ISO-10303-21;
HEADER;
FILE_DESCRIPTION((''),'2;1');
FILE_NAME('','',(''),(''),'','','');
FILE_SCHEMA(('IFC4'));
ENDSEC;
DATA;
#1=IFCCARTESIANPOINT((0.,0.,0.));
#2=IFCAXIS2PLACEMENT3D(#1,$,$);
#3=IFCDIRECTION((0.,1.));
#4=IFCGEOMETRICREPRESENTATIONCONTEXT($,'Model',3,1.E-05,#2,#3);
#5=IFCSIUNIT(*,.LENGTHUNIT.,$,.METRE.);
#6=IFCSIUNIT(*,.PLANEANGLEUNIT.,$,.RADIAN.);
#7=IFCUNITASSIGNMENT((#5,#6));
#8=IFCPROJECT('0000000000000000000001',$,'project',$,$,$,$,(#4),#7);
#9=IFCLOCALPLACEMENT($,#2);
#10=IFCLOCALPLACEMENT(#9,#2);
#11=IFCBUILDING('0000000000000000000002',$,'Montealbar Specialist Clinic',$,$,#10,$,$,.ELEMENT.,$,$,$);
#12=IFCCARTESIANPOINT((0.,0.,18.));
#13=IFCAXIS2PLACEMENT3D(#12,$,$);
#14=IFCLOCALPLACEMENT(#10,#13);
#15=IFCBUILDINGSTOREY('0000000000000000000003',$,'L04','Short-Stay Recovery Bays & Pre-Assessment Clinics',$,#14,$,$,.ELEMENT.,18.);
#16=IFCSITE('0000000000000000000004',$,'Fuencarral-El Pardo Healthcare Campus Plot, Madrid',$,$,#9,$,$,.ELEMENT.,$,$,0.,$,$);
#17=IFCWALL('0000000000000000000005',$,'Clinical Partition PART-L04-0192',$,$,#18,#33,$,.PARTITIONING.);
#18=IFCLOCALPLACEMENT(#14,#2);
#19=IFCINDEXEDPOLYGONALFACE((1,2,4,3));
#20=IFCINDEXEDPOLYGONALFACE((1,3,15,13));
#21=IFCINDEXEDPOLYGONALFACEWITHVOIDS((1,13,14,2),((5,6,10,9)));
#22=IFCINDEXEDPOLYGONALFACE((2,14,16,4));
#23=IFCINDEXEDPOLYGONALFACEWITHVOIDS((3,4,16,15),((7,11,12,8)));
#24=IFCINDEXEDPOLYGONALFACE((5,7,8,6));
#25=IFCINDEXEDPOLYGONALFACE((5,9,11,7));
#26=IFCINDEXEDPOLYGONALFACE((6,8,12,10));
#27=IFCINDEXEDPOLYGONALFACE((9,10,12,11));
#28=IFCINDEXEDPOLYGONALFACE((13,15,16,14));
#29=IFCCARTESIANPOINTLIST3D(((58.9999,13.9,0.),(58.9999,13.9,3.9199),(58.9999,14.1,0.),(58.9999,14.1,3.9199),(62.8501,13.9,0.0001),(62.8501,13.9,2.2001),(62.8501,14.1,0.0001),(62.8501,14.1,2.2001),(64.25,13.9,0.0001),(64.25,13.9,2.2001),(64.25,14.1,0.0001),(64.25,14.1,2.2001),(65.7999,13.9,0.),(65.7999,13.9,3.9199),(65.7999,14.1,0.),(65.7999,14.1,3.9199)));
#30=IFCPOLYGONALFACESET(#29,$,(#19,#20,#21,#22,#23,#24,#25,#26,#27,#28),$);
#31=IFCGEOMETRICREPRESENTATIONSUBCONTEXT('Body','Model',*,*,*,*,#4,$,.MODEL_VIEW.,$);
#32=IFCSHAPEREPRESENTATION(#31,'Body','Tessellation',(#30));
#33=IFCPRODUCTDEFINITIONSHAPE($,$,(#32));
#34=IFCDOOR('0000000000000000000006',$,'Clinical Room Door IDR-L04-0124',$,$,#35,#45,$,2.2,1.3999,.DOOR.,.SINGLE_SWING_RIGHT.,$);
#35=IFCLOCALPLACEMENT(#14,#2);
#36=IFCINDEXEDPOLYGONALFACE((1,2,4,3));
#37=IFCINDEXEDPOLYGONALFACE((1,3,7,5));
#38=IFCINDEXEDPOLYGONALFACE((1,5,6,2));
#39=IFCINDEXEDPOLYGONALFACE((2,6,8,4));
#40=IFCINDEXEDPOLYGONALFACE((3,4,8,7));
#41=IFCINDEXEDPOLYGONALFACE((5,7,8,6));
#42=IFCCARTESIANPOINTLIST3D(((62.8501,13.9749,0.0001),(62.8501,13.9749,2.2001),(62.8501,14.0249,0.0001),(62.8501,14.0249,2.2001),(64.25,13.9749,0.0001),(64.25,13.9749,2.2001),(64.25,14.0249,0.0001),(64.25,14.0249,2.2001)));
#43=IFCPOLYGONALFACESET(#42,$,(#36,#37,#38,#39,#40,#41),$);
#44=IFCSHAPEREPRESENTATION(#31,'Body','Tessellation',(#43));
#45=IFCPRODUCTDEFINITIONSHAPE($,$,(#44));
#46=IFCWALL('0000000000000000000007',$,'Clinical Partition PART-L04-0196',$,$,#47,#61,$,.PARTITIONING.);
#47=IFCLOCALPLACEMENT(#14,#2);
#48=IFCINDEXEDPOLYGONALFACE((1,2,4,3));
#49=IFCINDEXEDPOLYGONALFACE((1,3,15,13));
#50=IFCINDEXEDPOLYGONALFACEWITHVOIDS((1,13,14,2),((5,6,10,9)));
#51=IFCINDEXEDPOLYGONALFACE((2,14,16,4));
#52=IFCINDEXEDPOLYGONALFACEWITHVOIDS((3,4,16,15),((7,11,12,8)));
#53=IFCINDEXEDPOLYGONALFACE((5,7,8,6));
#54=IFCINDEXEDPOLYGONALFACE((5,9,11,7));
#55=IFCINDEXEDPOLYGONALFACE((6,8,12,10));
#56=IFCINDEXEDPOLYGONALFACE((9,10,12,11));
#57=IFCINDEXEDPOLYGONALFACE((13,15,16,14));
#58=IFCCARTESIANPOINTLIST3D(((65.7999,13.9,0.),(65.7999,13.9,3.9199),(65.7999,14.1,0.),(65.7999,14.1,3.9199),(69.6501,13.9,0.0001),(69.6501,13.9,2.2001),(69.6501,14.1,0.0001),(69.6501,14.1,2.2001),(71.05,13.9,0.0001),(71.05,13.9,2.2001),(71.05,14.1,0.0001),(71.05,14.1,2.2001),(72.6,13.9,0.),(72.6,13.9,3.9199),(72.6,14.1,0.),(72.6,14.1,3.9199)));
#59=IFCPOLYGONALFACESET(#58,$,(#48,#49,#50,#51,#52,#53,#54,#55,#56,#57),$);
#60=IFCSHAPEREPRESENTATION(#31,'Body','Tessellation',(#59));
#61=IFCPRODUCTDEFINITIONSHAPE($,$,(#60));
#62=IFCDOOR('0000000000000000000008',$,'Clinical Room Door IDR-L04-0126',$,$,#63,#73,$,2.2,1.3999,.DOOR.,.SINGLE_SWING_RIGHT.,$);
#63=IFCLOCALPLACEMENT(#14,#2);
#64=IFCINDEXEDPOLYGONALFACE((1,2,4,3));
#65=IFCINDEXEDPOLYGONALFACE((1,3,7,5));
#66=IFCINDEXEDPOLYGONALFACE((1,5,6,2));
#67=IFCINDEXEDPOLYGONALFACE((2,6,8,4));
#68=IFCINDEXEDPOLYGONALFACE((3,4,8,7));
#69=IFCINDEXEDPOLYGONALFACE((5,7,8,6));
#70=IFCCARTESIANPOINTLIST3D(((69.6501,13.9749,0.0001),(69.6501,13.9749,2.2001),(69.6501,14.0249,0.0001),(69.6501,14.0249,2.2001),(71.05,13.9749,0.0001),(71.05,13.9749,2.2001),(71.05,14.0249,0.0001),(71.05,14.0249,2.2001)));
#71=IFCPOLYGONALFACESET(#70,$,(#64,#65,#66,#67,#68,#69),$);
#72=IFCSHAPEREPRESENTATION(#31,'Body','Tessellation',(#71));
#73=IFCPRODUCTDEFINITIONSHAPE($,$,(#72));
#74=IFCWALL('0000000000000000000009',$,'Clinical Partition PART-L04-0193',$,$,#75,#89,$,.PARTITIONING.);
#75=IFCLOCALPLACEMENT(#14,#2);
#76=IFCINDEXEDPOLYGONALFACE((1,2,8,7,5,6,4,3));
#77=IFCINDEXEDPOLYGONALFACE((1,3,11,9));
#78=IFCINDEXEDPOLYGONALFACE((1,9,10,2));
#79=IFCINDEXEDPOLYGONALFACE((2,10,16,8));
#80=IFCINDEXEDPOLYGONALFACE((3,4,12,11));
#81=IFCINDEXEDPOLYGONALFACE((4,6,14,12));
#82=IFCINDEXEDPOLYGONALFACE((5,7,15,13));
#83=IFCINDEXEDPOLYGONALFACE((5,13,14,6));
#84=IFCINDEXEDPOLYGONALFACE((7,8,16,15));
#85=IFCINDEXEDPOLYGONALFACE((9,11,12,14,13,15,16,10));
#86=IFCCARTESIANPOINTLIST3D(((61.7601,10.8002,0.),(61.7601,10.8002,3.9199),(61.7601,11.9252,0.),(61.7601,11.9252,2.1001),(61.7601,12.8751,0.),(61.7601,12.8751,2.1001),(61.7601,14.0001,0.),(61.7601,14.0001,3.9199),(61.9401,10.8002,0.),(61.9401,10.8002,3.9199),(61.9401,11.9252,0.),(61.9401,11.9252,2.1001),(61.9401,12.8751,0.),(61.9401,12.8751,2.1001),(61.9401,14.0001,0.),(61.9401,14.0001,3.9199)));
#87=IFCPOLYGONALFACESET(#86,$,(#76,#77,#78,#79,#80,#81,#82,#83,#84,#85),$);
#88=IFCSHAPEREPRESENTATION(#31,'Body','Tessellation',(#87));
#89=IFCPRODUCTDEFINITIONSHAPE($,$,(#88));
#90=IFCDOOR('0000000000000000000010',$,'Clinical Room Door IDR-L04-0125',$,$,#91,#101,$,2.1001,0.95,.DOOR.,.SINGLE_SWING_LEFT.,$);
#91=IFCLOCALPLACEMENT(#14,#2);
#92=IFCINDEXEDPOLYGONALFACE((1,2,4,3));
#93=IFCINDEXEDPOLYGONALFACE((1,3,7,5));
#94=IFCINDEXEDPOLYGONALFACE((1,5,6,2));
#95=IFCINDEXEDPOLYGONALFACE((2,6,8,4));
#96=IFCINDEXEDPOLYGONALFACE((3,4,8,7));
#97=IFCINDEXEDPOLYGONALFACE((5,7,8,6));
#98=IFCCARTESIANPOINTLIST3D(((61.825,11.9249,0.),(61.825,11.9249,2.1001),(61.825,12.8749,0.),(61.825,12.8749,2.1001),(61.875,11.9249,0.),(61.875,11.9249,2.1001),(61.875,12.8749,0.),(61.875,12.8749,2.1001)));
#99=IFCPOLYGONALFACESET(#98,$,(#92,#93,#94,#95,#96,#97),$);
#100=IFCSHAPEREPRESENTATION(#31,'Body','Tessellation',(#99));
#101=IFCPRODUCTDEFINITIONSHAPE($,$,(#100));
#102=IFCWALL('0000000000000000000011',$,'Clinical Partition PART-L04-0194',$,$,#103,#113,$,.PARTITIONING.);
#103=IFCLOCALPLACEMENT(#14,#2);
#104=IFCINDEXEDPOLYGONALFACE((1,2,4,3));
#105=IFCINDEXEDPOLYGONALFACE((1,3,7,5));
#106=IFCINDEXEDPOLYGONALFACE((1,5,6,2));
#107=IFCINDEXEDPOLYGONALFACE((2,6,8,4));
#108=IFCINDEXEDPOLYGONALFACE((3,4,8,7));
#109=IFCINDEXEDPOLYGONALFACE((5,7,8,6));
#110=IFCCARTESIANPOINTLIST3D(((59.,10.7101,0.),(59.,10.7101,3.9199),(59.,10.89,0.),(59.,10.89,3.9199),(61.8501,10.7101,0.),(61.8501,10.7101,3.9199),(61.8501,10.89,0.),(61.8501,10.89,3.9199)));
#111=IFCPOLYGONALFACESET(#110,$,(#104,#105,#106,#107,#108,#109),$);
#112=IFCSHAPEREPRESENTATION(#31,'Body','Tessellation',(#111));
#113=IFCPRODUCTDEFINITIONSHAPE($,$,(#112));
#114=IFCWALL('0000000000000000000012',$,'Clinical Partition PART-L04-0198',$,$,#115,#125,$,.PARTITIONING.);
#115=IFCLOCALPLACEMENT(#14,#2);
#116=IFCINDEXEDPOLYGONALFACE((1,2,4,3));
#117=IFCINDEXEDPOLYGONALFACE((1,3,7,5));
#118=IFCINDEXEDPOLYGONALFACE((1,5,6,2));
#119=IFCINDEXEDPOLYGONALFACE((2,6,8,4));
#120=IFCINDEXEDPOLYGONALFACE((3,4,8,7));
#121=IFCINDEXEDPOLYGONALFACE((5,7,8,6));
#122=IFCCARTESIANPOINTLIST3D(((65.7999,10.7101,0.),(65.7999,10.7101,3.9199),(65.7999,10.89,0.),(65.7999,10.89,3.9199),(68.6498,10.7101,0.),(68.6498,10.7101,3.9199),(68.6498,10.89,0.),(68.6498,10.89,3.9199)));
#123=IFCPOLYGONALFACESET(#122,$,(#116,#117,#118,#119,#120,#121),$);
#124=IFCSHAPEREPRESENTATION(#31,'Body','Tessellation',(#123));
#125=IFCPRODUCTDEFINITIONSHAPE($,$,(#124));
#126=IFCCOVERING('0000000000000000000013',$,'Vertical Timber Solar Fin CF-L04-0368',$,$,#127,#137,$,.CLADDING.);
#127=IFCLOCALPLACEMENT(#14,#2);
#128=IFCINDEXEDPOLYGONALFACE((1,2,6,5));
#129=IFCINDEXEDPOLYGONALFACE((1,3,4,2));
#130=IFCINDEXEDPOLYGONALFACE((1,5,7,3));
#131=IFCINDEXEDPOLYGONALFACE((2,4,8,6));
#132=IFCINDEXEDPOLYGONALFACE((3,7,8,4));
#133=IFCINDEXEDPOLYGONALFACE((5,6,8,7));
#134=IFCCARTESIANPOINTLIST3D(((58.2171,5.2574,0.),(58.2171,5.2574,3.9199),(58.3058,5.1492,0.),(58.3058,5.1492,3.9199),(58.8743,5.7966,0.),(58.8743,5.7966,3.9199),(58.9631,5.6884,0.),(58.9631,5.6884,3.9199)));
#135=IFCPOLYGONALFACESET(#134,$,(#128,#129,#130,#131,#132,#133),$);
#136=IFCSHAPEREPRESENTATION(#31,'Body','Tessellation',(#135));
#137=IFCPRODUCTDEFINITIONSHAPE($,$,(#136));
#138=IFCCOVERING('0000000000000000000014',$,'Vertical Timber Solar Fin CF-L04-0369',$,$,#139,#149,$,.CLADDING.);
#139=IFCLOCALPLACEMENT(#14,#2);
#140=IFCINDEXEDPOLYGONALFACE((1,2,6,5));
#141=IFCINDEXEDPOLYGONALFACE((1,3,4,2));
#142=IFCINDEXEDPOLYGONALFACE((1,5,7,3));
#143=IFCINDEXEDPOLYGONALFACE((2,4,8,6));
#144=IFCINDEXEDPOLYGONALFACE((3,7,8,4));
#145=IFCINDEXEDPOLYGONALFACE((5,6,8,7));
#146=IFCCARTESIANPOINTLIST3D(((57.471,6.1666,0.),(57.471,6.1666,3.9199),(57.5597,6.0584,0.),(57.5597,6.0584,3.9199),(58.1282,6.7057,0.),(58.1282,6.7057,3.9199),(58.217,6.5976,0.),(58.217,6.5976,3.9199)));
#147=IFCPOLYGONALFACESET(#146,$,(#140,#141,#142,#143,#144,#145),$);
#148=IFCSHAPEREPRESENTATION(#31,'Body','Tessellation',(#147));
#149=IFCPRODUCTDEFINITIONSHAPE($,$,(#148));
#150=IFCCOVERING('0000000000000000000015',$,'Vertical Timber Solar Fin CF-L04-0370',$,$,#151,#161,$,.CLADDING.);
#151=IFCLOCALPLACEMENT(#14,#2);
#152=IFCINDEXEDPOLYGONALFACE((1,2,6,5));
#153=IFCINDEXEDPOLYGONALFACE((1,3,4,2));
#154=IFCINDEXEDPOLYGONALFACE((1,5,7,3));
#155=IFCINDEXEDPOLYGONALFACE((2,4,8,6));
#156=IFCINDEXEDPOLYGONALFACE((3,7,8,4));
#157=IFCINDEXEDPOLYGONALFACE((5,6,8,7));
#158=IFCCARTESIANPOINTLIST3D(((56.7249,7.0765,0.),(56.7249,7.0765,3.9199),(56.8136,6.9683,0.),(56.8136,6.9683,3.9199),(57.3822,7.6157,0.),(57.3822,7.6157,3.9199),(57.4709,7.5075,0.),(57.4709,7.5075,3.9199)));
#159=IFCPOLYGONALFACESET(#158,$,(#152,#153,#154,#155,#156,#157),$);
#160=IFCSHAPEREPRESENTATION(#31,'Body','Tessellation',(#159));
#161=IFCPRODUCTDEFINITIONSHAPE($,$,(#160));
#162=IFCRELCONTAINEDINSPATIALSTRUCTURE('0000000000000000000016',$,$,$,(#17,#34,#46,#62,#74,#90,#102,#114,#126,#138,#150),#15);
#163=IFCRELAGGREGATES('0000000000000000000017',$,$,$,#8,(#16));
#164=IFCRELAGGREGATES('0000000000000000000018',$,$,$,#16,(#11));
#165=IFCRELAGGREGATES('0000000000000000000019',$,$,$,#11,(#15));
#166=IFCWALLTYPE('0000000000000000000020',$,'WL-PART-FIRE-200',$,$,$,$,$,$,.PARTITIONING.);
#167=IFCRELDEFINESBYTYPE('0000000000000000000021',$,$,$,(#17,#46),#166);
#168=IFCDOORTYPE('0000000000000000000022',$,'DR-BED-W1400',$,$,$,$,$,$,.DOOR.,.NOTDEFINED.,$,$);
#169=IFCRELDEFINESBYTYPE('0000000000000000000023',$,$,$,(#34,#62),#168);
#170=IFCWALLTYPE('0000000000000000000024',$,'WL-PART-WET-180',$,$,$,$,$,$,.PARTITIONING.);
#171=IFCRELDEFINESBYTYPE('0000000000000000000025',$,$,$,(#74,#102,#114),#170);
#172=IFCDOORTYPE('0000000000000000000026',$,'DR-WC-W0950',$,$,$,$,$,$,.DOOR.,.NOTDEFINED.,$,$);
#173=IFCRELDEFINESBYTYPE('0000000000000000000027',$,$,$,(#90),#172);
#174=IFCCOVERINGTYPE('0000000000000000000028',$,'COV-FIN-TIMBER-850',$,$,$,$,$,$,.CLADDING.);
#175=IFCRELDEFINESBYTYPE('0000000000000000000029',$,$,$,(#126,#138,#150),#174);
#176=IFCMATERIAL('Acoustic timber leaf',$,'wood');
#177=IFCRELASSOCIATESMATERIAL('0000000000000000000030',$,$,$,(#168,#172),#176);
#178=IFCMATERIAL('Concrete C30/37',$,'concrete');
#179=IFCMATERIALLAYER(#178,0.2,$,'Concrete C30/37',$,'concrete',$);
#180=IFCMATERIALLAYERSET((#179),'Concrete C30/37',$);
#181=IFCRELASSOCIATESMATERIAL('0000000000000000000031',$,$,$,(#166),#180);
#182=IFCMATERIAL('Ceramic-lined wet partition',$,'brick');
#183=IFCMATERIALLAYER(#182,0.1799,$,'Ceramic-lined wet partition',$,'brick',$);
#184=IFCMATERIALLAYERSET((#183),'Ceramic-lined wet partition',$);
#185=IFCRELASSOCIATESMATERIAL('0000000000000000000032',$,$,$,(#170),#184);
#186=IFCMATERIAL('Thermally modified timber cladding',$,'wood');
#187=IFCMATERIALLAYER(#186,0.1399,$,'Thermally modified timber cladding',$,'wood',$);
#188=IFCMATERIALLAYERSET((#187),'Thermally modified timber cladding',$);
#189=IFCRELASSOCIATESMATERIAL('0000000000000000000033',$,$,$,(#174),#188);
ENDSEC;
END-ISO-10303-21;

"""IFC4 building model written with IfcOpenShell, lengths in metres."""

from ifc_helpers import new_model, si_unit, direction, frame, frame_2d, origin, origin_2d, place, context, subcontext, project, spatial, rectangle, extrude, material, layer, layer_set, type_object, element, fill, save


model = new_model("IFC4")

# Units and contexts
model_context = context("Model", 3, precision=1e-05, world=origin(), true_north=direction((0.0, 1.0)))
body_context = subcontext(model_context, "Body", "Model", "MODEL_VIEW")
ifc_project = project(units=[si_unit("LENGTHUNIT", "METRE"), si_unit("PLANEANGLEUNIT", "RADIAN")], contexts=[model_context])

# Site, building, storey
site_placement = place(None, origin())
site = spatial("IfcSite", under=ifc_project, at=site_placement, Name="Fuencarral-El Pardo Healthcare Campus Plot, Madrid", CompositionType="ELEMENT", RefElevation=0.0)
building_placement = place(site_placement, origin())
building = spatial("IfcBuilding", under=site, at=building_placement, Name="Montealbar Specialist Clinic", CompositionType="ELEMENT")
storey_placement = place(building_placement, frame((0.0, 0.0, 18.0)))
storey = spatial("IfcBuildingStorey", under=building, at=storey_placement, Name="L04", Description="Short-Stay Recovery Bays & Pre-Assessment Clinics", CompositionType="ELEMENT", Elevation=18.0)

# Walls, openings, doors
ifc_material_1 = material(Name="Acoustic timber leaf", Category="wood")
door_type_1 = type_object("IfcDoorType", Name="DR-BED-W1400", OperationType="NOTDEFINED", PredefinedType="DOOR", material=ifc_material_1)
ifc_material_2 = material(Name="Concrete C30/37", Category="concrete")
ifc_layer_1 = layer(ifc_material_2, 0.2, Name="Concrete C30/37", Category="concrete")
ifc_layer_set_1 = layer_set([ifc_layer_1], Name="Concrete C30/37")
wall_type_1 = type_object("IfcWallType", Name="WL-PART-FIRE-200", PredefinedType="PARTITIONING", material=ifc_layer_set_1)
wall_1_placement = place(storey_placement, frame((59.0, 14.0, 0.0), z_axis=(0.0, 0.0, 1.0), x_axis=(1.0, 0.0, 0.0)))
wall_1 = element("IfcWall", 1, at=wall_1_placement, inside=storey, type_object=wall_type_1, Name="Clinical Partition PART-L04-0192", PredefinedType="PARTITIONING", context=body_context, shape_type="SweptSolid", body=[
    extrude(rectangle(XDim=6.8, YDim=0.2, at=frame_2d((3.3999, 0.0))), origin(), (0.0, 0.0, 1.0), 3.9199),
])
opening_1_placement = place(wall_1_placement, frame((3.8501, 0.0, 0.0)))
opening_1 = element("IfcOpeningElement", 2, at=opening_1_placement, cuts=wall_1, PredefinedType="OPENING", context=body_context, shape_type="SweptSolid", body=[
    extrude(rectangle(XDim=1.3999, YDim=2.2, at=frame_2d((0.7, 1.1001))), frame((0.0, 0.1099, 0.0), z_axis=(0.0, -1.0, 0.0), x_axis=(1.0, 0.0, 0.0)), (0.0, 0.0, 1.0), 0.22),
])
door_1_placement = place(opening_1_placement, origin())
door_1 = element("IfcDoor", 3, at=door_1_placement, inside=storey, type_object=door_type_1, Name="Clinical Room Door IDR-L04-0124", OperationType="SINGLE_SWING_RIGHT", OverallHeight=2.2, OverallWidth=1.3999, PredefinedType="DOOR", context=body_context, shape_type="SweptSolid", body=[
    extrude(rectangle(XDim=1.3999, YDim=2.2, at=frame_2d((0.7, 1.1001))), frame((0.0, 0.0249, 0.0), z_axis=(0.0, -1.0, 0.0), x_axis=(1.0, 0.0, 0.0)), (0.0, 0.0, 1.0), 0.05),
])
fill(opening_1, door_1)
wall_2_placement = place(storey_placement, frame((65.8, 14.0, 0.0), z_axis=(0.0, 0.0, 1.0), x_axis=(1.0, 0.0, 0.0)))
wall_2 = element("IfcWall", 4, at=wall_2_placement, inside=storey, type_object=wall_type_1, Name="Clinical Partition PART-L04-0196", PredefinedType="PARTITIONING", context=body_context, shape_type="SweptSolid", body=[
    extrude(rectangle(XDim=6.8, YDim=0.2, at=frame_2d((3.3999, 0.0))), origin(), (0.0, 0.0, 1.0), 3.9199),
])
opening_2_placement = place(wall_2_placement, frame((3.8501, 0.0, 0.0)))
opening_2 = element("IfcOpeningElement", 5, at=opening_2_placement, cuts=wall_2, PredefinedType="OPENING", context=body_context, shape_type="SweptSolid", body=[
    extrude(rectangle(XDim=1.3999, YDim=2.2, at=frame_2d((0.7, 1.1001))), frame((0.0, 0.1099, 0.0), z_axis=(0.0, -1.0, 0.0), x_axis=(1.0, 0.0, 0.0)), (0.0, 0.0, 1.0), 0.22),
])
door_2_placement = place(opening_2_placement, origin())
door_2 = element("IfcDoor", 6, at=door_2_placement, inside=storey, type_object=door_type_1, Name="Clinical Room Door IDR-L04-0126", OperationType="SINGLE_SWING_RIGHT", OverallHeight=2.2, OverallWidth=1.3999, PredefinedType="DOOR", context=body_context, shape_type="SweptSolid", body=[
    extrude(rectangle(XDim=1.3999, YDim=2.2, at=frame_2d((0.7, 1.1001))), frame((0.0, 0.0249, 0.0), z_axis=(0.0, -1.0, 0.0), x_axis=(1.0, 0.0, 0.0)), (0.0, 0.0, 1.0), 0.05),
])
fill(opening_2, door_2)
ifc_material_3 = material(Name="Ceramic-lined wet partition", Category="brick")
ifc_layer_2 = layer(ifc_material_3, 0.1799, Name="Ceramic-lined wet partition", Category="brick")
ifc_layer_set_2 = layer_set([ifc_layer_2], Name="Ceramic-lined wet partition")
wall_type_2 = type_object("IfcWallType", Name="WL-PART-WET-180", PredefinedType="PARTITIONING", material=ifc_layer_set_2)
wall_3_placement = place(storey_placement, frame((61.8501, 10.8, 0.0), z_axis=(0.0, 0.0, 1.0), x_axis=(0.0, 1.0, 0.0)))
wall_3 = element("IfcWall", 7, at=wall_3_placement, inside=storey, type_object=wall_type_2, Name="Clinical Partition PART-L04-0193", PredefinedType="PARTITIONING", context=body_context, shape_type="SweptSolid", body=[
    extrude(rectangle(XDim=3.2, YDim=0.1799, at=frame_2d((1.6001, 0.0))), origin(), (0.0, 0.0, 1.0), 3.9199),
])
opening_3_placement = place(wall_3_placement, frame((1.125, 0.0, 0.0)))
opening_3 = element("IfcOpeningElement", 8, at=opening_3_placement, cuts=wall_3, PredefinedType="OPENING", context=body_context, shape_type="SweptSolid", body=[
    extrude(rectangle(XDim=0.95, YDim=2.1001, at=frame_2d((0.4751, 1.05))), frame((0.0, 0.0999, 0.0), z_axis=(0.0, -1.0, 0.0), x_axis=(1.0, 0.0, 0.0)), (0.0, 0.0, 1.0), 0.2),
])
door_type_2 = type_object("IfcDoorType", Name="DR-WC-W0950", OperationType="NOTDEFINED", PredefinedType="DOOR", material=ifc_material_1)
door_3_placement = place(opening_3_placement, frame((0.95, 0.0, 0.0), z_axis=(0.0, 0.0, 1.0), x_axis=(-1.0, 0.0, 0.0)))
door_3 = element("IfcDoor", 9, at=door_3_placement, inside=storey, type_object=door_type_2, Name="Clinical Room Door IDR-L04-0125", OperationType="SINGLE_SWING_LEFT", OverallHeight=2.1001, OverallWidth=0.95, PredefinedType="DOOR", context=body_context, shape_type="SweptSolid", body=[
    extrude(rectangle(XDim=0.95, YDim=2.1001, at=frame_2d((0.4751, 1.05))), frame((0.0, 0.0249, 0.0), z_axis=(0.0, -1.0, 0.0), x_axis=(1.0, 0.0, 0.0)), (0.0, 0.0, 1.0), 0.05),
])
fill(opening_3, door_3)

# Walls
wall_4_placement = place(storey_placement, frame((59.0, 10.8, 0.0), z_axis=(0.0, 0.0, 1.0), x_axis=(1.0, 0.0, 0.0)))
element("IfcWall", 10, at=wall_4_placement, inside=storey, type_object=wall_type_2, Name="Clinical Partition PART-L04-0194", PredefinedType="PARTITIONING", context=body_context, shape_type="SweptSolid", body=[
    extrude(rectangle(XDim=2.8501, YDim=0.1799, at=frame_2d((1.425, 0.0))), origin(), (0.0, 0.0, 1.0), 3.9199),
])
wall_5_placement = place(storey_placement, frame((65.8, 10.8, 0.0), z_axis=(0.0, 0.0, 1.0), x_axis=(1.0, 0.0, 0.0)))
element("IfcWall", 11, at=wall_5_placement, inside=storey, type_object=wall_type_2, Name="Clinical Partition PART-L04-0198", PredefinedType="PARTITIONING", context=body_context, shape_type="SweptSolid", body=[
    extrude(rectangle(XDim=2.8499, YDim=0.1799, at=frame_2d((1.4248, 0.0))), origin(), (0.0, 0.0, 1.0), 3.9199),
])

# Coverings
ifc_material_4 = material(Name="Thermally modified timber cladding", Category="wood")
ifc_layer_3 = layer(ifc_material_4, 0.1399, Name="Thermally modified timber cladding", Category="wood")
ifc_layer_set_3 = layer_set([ifc_layer_3], Name="Thermally modified timber cladding")
covering_type = type_object("IfcCoveringType", Name="COV-FIN-TIMBER-850", PredefinedType="CLADDING", material=ifc_layer_set_3)
for number, where, z_axis, x_axis, name in (
    (12, (58.5901, 5.4729, 0.0), (0.0, 0.0, 1.0), (-0.773123, -0.634256, 0.0), "Vertical Timber Solar Fin CF-L04-0368"),
    (13, (57.844, 6.3821, 0.0), (0.0, 0.0, 1.0), (-0.773123, -0.634256, 0.0), "Vertical Timber Solar Fin CF-L04-0369"),
    (14, (57.0979, 7.292, 0.0), (0.0, 0.0, 1.0), (-0.773123, -0.634256, 0.0), "Vertical Timber Solar Fin CF-L04-0370"),
):
    element("IfcCovering", number, at=place(storey_placement, frame(where, z_axis=z_axis, x_axis=x_axis)), inside=storey, type_object=covering_type, Name=name, PredefinedType="CLADDING", context=body_context, shape_type="SweptSolid", body=[
        extrude(rectangle(XDim=0.8501, YDim=0.1399, at=origin_2d()), origin(), (0.0, 0.0, 1.0), 3.9199),
    ])

save(model, "model.ifc")
